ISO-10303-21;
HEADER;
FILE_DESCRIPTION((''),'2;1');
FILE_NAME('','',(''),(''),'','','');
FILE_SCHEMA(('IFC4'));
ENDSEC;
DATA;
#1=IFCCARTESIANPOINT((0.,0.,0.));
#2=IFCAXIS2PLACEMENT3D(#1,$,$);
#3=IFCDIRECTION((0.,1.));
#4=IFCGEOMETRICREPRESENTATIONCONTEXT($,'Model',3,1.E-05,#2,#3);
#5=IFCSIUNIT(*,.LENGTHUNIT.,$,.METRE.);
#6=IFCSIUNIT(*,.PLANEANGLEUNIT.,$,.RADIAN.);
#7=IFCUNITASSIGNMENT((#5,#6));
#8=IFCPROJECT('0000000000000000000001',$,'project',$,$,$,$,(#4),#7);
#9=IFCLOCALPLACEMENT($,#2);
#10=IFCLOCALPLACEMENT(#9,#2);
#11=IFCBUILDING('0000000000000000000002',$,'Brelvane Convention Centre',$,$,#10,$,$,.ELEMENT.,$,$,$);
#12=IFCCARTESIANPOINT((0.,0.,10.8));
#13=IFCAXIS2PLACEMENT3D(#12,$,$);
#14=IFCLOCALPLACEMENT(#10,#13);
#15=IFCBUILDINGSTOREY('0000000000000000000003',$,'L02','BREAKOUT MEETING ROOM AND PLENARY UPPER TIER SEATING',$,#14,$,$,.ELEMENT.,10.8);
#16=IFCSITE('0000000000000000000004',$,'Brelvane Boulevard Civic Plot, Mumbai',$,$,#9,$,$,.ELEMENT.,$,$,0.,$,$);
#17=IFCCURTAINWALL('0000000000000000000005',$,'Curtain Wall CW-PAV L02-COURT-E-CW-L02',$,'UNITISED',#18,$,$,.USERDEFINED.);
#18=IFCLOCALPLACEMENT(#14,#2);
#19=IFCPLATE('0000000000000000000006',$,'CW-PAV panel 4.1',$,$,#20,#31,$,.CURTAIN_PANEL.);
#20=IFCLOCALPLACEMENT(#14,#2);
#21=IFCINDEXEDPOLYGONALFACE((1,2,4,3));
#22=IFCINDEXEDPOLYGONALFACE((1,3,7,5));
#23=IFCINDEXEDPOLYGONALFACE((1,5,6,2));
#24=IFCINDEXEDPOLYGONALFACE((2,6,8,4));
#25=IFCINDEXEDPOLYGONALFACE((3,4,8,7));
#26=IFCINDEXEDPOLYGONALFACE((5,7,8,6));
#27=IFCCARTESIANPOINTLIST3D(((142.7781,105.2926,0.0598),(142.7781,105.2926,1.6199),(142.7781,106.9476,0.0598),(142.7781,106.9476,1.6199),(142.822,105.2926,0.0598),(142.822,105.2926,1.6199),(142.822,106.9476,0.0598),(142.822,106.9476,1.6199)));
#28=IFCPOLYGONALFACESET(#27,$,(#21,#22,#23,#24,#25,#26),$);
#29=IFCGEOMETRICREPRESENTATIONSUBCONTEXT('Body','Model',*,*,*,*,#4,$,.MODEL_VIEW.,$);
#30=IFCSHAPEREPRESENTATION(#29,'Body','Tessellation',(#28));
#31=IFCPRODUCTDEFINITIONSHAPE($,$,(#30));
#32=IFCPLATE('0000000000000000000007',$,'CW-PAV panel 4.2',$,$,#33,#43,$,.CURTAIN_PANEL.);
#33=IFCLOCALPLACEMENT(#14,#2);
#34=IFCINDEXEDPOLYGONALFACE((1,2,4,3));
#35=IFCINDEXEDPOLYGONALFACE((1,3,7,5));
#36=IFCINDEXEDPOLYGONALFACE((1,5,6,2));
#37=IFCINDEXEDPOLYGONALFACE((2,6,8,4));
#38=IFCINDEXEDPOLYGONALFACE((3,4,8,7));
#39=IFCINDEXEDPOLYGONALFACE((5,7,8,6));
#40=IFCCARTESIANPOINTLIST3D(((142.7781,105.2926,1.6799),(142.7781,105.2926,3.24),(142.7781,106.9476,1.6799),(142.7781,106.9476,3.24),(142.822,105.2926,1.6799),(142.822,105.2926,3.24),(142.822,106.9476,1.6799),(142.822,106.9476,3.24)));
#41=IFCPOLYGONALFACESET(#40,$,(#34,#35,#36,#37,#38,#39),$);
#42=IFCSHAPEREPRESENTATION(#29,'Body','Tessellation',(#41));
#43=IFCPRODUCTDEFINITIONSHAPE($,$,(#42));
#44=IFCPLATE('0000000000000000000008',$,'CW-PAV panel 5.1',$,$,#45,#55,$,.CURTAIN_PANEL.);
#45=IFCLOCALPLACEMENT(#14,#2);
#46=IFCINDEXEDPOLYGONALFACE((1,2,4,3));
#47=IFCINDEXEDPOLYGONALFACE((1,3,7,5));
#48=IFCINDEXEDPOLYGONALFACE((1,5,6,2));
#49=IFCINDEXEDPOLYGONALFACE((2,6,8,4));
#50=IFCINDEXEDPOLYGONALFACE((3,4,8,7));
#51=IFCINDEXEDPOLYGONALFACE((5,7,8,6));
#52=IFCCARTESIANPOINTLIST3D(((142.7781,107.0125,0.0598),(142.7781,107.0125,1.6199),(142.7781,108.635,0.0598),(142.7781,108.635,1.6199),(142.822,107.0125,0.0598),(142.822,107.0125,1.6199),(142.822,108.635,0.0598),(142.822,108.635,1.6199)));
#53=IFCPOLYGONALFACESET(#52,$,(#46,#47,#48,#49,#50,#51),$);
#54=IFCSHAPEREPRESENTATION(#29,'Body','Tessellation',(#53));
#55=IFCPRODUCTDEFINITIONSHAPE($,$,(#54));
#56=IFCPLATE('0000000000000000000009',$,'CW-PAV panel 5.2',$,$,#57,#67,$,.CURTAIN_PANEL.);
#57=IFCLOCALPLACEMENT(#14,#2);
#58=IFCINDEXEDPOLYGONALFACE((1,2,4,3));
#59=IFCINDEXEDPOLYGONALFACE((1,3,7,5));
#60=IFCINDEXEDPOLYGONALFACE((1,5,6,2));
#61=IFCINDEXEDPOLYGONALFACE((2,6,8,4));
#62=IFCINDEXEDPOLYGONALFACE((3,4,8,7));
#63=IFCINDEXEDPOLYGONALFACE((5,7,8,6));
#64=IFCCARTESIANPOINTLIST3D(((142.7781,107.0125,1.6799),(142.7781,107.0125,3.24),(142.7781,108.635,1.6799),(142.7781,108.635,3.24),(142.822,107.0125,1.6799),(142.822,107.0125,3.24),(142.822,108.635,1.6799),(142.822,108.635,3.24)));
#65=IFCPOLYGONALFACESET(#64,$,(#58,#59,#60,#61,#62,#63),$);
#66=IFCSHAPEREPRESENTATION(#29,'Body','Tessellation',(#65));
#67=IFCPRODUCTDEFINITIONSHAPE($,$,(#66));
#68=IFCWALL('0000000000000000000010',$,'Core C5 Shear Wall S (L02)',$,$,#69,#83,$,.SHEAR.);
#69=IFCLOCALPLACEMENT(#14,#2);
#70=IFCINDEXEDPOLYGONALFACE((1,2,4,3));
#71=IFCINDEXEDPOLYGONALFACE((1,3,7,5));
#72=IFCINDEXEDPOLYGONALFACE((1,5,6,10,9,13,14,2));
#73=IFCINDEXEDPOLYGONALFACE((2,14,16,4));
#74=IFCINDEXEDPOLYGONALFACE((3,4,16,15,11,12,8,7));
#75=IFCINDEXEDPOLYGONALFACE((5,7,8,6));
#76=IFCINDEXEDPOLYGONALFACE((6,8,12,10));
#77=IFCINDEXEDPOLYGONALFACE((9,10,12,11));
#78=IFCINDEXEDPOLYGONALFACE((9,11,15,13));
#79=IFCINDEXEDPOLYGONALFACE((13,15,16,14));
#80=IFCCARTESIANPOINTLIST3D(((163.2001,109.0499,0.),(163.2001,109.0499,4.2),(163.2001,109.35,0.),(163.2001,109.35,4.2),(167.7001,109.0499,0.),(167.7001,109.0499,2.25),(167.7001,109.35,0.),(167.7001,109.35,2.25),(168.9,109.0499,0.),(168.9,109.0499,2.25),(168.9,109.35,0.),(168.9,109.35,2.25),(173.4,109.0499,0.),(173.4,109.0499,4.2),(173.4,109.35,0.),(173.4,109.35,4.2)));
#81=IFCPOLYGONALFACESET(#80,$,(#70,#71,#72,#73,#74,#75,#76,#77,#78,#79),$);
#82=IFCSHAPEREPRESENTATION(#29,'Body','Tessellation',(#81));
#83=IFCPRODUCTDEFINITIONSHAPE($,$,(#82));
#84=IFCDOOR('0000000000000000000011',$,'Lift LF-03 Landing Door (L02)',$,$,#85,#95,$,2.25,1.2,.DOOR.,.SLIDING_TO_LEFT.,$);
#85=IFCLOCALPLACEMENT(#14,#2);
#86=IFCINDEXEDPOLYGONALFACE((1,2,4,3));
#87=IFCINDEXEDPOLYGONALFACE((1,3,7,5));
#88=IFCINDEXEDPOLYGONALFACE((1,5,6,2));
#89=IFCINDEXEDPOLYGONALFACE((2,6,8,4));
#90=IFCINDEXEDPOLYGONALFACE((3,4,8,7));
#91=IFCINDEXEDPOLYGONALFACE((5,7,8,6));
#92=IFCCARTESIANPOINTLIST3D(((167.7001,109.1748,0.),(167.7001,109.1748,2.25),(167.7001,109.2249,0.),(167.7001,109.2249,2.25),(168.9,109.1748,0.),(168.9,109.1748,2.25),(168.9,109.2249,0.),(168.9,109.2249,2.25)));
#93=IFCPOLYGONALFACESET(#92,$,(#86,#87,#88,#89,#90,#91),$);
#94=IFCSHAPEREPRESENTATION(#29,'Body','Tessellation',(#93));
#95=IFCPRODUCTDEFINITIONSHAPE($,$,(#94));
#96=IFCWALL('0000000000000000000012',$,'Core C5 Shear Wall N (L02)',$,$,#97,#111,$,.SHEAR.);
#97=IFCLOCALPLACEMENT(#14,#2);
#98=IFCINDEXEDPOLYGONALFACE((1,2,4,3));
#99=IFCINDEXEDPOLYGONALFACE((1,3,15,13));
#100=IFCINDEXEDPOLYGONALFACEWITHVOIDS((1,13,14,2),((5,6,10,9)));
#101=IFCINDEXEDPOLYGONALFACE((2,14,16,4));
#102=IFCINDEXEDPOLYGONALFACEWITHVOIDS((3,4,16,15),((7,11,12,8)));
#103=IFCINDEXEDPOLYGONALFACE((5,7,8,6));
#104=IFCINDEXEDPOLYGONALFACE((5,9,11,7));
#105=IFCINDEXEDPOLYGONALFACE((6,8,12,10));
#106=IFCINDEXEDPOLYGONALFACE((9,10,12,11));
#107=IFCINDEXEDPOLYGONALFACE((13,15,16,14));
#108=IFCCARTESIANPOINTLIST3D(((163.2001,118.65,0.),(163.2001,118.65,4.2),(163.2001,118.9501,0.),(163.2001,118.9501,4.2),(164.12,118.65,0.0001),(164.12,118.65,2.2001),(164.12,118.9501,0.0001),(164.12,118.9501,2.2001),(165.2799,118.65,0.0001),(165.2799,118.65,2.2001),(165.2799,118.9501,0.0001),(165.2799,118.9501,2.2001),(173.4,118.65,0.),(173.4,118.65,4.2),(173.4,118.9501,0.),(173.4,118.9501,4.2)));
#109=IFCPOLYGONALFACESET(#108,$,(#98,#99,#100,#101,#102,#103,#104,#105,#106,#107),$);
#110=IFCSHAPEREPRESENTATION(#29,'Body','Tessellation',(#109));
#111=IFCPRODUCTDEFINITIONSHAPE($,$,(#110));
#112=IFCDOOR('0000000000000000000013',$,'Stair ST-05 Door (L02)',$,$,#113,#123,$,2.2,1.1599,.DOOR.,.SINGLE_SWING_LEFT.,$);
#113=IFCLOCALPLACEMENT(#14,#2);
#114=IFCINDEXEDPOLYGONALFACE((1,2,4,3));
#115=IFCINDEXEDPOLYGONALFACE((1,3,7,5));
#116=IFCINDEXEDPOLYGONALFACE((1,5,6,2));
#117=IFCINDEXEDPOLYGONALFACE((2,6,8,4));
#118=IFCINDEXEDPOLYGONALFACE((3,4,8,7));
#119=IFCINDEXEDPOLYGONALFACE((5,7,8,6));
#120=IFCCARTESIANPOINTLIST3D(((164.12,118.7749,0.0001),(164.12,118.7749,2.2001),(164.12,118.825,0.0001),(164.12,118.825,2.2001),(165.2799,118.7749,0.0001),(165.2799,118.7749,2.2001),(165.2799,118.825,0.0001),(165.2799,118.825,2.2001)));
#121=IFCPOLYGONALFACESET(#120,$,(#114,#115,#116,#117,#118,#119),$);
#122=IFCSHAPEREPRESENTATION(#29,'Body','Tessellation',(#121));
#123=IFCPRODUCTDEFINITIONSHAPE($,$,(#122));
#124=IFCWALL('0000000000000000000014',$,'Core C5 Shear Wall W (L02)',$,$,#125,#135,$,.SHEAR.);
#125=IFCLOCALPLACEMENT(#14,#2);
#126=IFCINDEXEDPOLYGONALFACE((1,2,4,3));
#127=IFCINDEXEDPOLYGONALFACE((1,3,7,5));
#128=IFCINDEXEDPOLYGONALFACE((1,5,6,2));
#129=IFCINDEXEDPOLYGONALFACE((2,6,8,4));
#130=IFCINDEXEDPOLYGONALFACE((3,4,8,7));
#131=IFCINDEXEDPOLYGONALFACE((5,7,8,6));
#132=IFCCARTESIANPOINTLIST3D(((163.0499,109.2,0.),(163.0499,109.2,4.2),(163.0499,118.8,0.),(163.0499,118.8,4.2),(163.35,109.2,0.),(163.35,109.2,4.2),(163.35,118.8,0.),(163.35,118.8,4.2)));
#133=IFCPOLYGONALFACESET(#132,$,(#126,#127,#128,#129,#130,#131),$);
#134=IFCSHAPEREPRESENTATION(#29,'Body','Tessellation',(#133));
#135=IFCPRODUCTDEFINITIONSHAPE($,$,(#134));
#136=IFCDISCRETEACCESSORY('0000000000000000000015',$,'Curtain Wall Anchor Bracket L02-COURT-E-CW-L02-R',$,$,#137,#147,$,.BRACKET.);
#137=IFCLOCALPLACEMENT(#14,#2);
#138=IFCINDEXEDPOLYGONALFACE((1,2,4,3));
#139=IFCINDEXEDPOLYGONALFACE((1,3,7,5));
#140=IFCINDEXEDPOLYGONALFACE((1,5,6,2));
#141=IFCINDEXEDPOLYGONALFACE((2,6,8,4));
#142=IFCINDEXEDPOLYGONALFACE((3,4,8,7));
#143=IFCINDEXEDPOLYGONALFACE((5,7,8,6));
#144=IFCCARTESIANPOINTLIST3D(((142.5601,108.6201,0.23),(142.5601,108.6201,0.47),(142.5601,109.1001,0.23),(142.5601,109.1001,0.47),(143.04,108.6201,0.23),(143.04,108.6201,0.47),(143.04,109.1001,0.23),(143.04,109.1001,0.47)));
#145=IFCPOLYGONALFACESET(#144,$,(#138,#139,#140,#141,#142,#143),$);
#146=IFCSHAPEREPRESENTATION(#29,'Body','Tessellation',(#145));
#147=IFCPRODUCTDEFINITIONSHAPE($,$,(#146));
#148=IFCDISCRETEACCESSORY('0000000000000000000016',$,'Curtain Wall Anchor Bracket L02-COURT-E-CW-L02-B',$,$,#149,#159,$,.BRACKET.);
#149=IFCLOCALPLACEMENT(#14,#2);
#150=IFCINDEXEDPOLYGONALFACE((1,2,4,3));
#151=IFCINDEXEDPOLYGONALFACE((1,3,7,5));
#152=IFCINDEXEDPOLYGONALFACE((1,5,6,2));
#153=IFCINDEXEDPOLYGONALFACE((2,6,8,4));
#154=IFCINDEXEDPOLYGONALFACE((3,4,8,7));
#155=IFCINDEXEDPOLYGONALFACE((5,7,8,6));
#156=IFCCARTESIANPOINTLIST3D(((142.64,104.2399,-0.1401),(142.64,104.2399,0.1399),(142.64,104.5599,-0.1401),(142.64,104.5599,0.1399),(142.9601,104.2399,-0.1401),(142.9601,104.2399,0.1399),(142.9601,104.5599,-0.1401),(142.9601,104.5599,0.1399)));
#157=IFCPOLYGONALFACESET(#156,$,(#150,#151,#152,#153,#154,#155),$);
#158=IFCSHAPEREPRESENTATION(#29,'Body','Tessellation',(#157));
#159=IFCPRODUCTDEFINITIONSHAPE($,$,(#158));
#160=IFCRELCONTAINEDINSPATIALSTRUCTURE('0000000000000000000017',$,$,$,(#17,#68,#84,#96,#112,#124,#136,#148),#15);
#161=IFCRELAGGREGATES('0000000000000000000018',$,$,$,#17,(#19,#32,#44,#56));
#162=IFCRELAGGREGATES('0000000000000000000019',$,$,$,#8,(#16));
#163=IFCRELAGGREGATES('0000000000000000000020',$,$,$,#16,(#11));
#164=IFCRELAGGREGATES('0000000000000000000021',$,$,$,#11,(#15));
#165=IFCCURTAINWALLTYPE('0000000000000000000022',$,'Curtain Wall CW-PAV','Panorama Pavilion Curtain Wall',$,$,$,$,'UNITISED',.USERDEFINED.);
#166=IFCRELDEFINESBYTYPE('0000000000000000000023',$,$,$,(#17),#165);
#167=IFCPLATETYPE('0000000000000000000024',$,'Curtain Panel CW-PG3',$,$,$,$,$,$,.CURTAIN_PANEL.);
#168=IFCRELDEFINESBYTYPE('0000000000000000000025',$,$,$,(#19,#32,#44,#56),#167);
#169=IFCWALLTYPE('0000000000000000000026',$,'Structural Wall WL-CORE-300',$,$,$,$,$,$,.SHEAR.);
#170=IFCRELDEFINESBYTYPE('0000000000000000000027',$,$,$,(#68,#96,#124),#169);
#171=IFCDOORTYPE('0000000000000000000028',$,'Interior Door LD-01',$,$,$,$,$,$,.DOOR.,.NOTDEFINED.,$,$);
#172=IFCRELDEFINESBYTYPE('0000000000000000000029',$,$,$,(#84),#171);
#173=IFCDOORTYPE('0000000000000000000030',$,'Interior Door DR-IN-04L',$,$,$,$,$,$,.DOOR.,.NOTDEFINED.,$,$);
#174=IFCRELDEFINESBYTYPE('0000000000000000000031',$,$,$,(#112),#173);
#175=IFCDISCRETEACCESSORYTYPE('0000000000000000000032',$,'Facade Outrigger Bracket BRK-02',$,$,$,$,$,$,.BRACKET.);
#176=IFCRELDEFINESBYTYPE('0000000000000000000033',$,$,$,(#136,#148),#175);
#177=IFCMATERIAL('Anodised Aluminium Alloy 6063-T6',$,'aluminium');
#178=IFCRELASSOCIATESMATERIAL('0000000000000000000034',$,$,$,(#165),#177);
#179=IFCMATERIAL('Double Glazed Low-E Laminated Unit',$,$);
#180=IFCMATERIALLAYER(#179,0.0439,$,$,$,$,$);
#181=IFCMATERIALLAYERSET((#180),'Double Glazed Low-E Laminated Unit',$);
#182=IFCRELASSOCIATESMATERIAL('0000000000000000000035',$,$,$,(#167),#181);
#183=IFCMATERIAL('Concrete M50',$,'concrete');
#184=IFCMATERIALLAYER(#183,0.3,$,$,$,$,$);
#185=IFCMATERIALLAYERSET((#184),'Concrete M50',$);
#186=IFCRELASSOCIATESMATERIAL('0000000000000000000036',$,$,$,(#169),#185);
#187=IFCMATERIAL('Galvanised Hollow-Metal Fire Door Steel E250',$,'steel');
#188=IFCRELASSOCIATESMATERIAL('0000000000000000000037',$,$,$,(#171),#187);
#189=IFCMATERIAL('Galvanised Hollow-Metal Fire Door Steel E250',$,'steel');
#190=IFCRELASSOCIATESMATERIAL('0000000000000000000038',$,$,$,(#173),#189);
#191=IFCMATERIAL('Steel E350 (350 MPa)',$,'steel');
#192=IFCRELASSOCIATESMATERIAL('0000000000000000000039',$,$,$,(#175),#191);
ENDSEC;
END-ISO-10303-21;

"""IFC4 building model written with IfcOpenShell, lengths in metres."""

from ifc_helpers import new_model, si_unit, direction, frame, frame_2d, origin, origin_2d, place, context, subcontext, project, spatial, rectangle, extrude, material, layer, layer_set, type_object, element, fill, aggregate, save


model = new_model("IFC4")

# Units and contexts
model_context = context("Model", 3, precision=1e-05, world=origin(), true_north=direction((0.0, 1.0)))
body_context = subcontext(model_context, "Body", "Model", "MODEL_VIEW")
ifc_project = project(units=[si_unit("LENGTHUNIT", "METRE"), si_unit("PLANEANGLEUNIT", "RADIAN")], contexts=[model_context])

# Site, building, storey
site_placement = place(None, origin())
site = spatial("IfcSite", under=ifc_project, at=site_placement, Name="Brelvane Boulevard Civic Plot, Mumbai", CompositionType="ELEMENT", RefElevation=0.0)
building_placement = place(site_placement, origin())
building = spatial("IfcBuilding", under=site, at=building_placement, Name="Brelvane Convention Centre", CompositionType="ELEMENT")
storey_placement = place(building_placement, frame((0.0, 0.0, 10.8)))
storey = spatial("IfcBuildingStorey", under=building, at=storey_placement, Name="L02", Description="BREAKOUT MEETING ROOM AND PLENARY UPPER TIER SEATING", CompositionType="ELEMENT", Elevation=10.8)

# Curtain wall
ifc_material_1 = material(Name="Anodised Aluminium Alloy 6063-T6", Category="aluminium")
curtain_wall_type = type_object("IfcCurtainWallType", Name="Curtain Wall CW-PAV", Description="Panorama Pavilion Curtain Wall", ElementType="UNITISED", PredefinedType="USERDEFINED", material=ifc_material_1)
curtain_wall_placement = place(storey_placement, origin())
curtain_wall = element("IfcCurtainWall", 1, at=curtain_wall_placement, inside=storey, type_object=curtain_wall_type, Name="Curtain Wall CW-PAV L02-COURT-E-CW-L02", ObjectType="UNITISED", PredefinedType="USERDEFINED")

# Plates
ifc_material_2 = material(Name="Double Glazed Low-E Laminated Unit")
ifc_layer_1 = layer(ifc_material_2, 0.0439)
ifc_layer_set_1 = layer_set([ifc_layer_1], Name="Double Glazed Low-E Laminated Unit")
plate_type = type_object("IfcPlateType", Name="Curtain Panel CW-PG3", PredefinedType="CURTAIN_PANEL", material=ifc_layer_set_1)
plate_1_placement = place(storey_placement, frame((142.8, 106.1201, 0.0598), z_axis=(0.0, 0.0, 1.0), x_axis=(0.0, 1.0, 0.0)))
plate_1 = element("IfcPlate", 2, at=plate_1_placement, type_object=plate_type, Name="CW-PAV panel 4.1", PredefinedType="CURTAIN_PANEL", context=body_context, shape_type="SweptSolid", body=[
    extrude(rectangle(XDim=1.655, YDim=0.0439, at=origin_2d()), origin(), (0.0, 0.0, 1.0), 1.5601),
])
plate_2_placement = place(storey_placement, frame((142.8, 106.1201, 1.6799), z_axis=(0.0, 0.0, 1.0), x_axis=(0.0, 1.0, 0.0)))
plate_2 = element("IfcPlate", 3, at=plate_2_placement, type_object=plate_type, Name="CW-PAV panel 4.2", PredefinedType="CURTAIN_PANEL", context=body_context, shape_type="SweptSolid", body=[
    extrude(rectangle(XDim=1.655, YDim=0.0439, at=origin_2d()), origin(), (0.0, 0.0, 1.0), 1.5601),
])
plate_3_placement = place(storey_placement, frame((142.8, 107.8237, 0.0598), z_axis=(0.0, 0.0, 1.0), x_axis=(0.0, 1.0, 0.0)))
plate_3 = element("IfcPlate", 4, at=plate_3_placement, type_object=plate_type, Name="CW-PAV panel 5.1", PredefinedType="CURTAIN_PANEL", context=body_context, shape_type="SweptSolid", body=[
    extrude(rectangle(XDim=1.6226, YDim=0.0439, at=origin_2d()), origin(), (0.0, 0.0, 1.0), 1.5601),
])
plate_4_placement = place(storey_placement, frame((142.8, 107.8237, 1.6799), z_axis=(0.0, 0.0, 1.0), x_axis=(0.0, 1.0, 0.0)))
plate_4 = element("IfcPlate", 5, at=plate_4_placement, type_object=plate_type, Name="CW-PAV panel 5.2", PredefinedType="CURTAIN_PANEL", context=body_context, shape_type="SweptSolid", body=[
    extrude(rectangle(XDim=1.6226, YDim=0.0439, at=origin_2d()), origin(), (0.0, 0.0, 1.0), 1.5601),
])
aggregate(curtain_wall, [plate_1, plate_2, plate_3, plate_4])

# Walls, openings, doors
ifc_material_3 = material(Name="Concrete M50", Category="concrete")
ifc_layer_2 = layer(ifc_material_3, 0.3)
ifc_layer_set_2 = layer_set([ifc_layer_2], Name="Concrete M50")
wall_type = type_object("IfcWallType", Name="Structural Wall WL-CORE-300", PredefinedType="SHEAR", material=ifc_layer_set_2)
wall_1_placement = place(storey_placement, frame((163.2, 109.2, 0.0), z_axis=(0.0, 0.0, 1.0), x_axis=(1.0, 0.0, 0.0)))
wall_1 = element("IfcWall", 6, at=wall_1_placement, inside=storey, type_object=wall_type, Name="Core C5 Shear Wall S (L02)", PredefinedType="SHEAR", context=body_context, shape_type="SweptSolid", body=[
    extrude(rectangle(XDim=10.2, YDim=0.3, at=frame_2d((5.1001, 0.0))), origin(), (0.0, 0.0, 1.0), 4.2),
])
opening_1_placement = place(wall_1_placement, frame((4.5, 0.0, 0.0)))
opening_1 = element("IfcOpeningElement", 7, at=opening_1_placement, cuts=wall_1, PredefinedType="OPENING", context=body_context, shape_type="SweptSolid", body=[
    extrude(rectangle(XDim=1.2, YDim=2.25, at=frame_2d((0.6001, 1.125))), frame((0.0, 0.1599, 0.0), z_axis=(0.0, -1.0, 0.0), x_axis=(1.0, 0.0, 0.0)), (0.0, 0.0, 1.0), 0.3201),
])
ifc_material_4 = material(Name="Galvanised Hollow-Metal Fire Door Steel E250", Category="steel")
door_type_1 = type_object("IfcDoorType", Name="Interior Door LD-01", OperationType="NOTDEFINED", PredefinedType="DOOR", material=ifc_material_4)
door_1_placement = place(opening_1_placement, origin())
door_1 = element("IfcDoor", 8, at=door_1_placement, inside=storey, type_object=door_type_1, Name="Lift LF-03 Landing Door (L02)", OperationType="SLIDING_TO_LEFT", OverallHeight=2.25, OverallWidth=1.2, PredefinedType="DOOR", context=body_context, shape_type="SweptSolid", body=[
    extrude(rectangle(XDim=1.2, YDim=2.25, at=frame_2d((0.6001, 1.125))), frame((0.0, 0.0249, 0.0), z_axis=(0.0, -1.0, 0.0), x_axis=(1.0, 0.0, 0.0)), (0.0, 0.0, 1.0), 0.05),
])
fill(opening_1, door_1)
wall_2_placement = place(storey_placement, frame((163.2, 118.8, 0.0), z_axis=(0.0, 0.0, 1.0), x_axis=(1.0, 0.0, 0.0)))
wall_2 = element("IfcWall", 9, at=wall_2_placement, inside=storey, type_object=wall_type, Name="Core C5 Shear Wall N (L02)", PredefinedType="SHEAR", context=body_context, shape_type="SweptSolid", body=[
    extrude(rectangle(XDim=10.2, YDim=0.3, at=frame_2d((5.1001, 0.0))), origin(), (0.0, 0.0, 1.0), 4.2),
])
opening_2_placement = place(wall_2_placement, frame((0.9199, 0.0, 0.0)))
opening_2 = element("IfcOpeningElement", 10, at=opening_2_placement, cuts=wall_2, PredefinedType="OPENING", context=body_context, shape_type="SweptSolid", body=[
    extrude(rectangle(XDim=1.1599, YDim=2.2, at=frame_2d((0.5801, 1.1001))), frame((0.0, 0.1599, 0.0), z_axis=(0.0, -1.0, 0.0), x_axis=(1.0, 0.0, 0.0)), (0.0, 0.0, 1.0), 0.3201),
])
ifc_material_5 = material(Name="Galvanised Hollow-Metal Fire Door Steel E250", Category="steel")
door_type_2 = type_object("IfcDoorType", Name="Interior Door DR-IN-04L", OperationType="NOTDEFINED", PredefinedType="DOOR", material=ifc_material_5)
door_2_placement = place(opening_2_placement, origin())
door_2 = element("IfcDoor", 11, at=door_2_placement, inside=storey, type_object=door_type_2, Name="Stair ST-05 Door (L02)", OperationType="SINGLE_SWING_LEFT", OverallHeight=2.2, OverallWidth=1.1599, PredefinedType="DOOR", context=body_context, shape_type="SweptSolid", body=[
    extrude(rectangle(XDim=1.1599, YDim=2.2, at=frame_2d((0.5801, 1.1001))), frame((0.0, 0.0249, 0.0), z_axis=(0.0, -1.0, 0.0), x_axis=(1.0, 0.0, 0.0)), (0.0, 0.0, 1.0), 0.05),
])
fill(opening_2, door_2)

# Wall
wall_3_placement = place(storey_placement, frame((163.2, 109.2, 0.0), z_axis=(0.0, 0.0, 1.0), x_axis=(0.0, 1.0, 0.0)))
element("IfcWall", 12, at=wall_3_placement, inside=storey, type_object=wall_type, Name="Core C5 Shear Wall W (L02)", PredefinedType="SHEAR", context=body_context, shape_type="SweptSolid", body=[
    extrude(rectangle(XDim=9.6001, YDim=0.3, at=frame_2d((4.8, 0.0))), origin(), (0.0, 0.0, 1.0), 4.2),
])

# Discrete accessories
ifc_material_6 = material(Name="Steel E350 (350 MPa)", Category="steel")
discrete_accessory_type = type_object("IfcDiscreteAccessoryType", Name="Facade Outrigger Bracket BRK-02", PredefinedType="BRACKET", material=ifc_material_6)
discrete_accessory_1_placement = place(storey_placement, frame((142.8, 108.8601, 0.23), z_axis=(0.0, 0.0, 1.0), x_axis=(1.0, 0.0, 0.0)))
element("IfcDiscreteAccessory", 13, at=discrete_accessory_1_placement, inside=storey, type_object=discrete_accessory_type, Name="Curtain Wall Anchor Bracket L02-COURT-E-CW-L02-R", PredefinedType="BRACKET", context=body_context, shape_type="SweptSolid", body=[
    extrude(rectangle(XDim=0.48, YDim=0.48, at=origin_2d()), origin(), (0.0, 0.0, 1.0), 0.24),
])
discrete_accessory_2_placement = place(storey_placement, frame((142.8, 104.3999, -0.1401), z_axis=(0.0, 0.0, 1.0), x_axis=(1.0, 0.0, 0.0)))
element("IfcDiscreteAccessory", 14, at=discrete_accessory_2_placement, inside=storey, type_object=discrete_accessory_type, Name="Curtain Wall Anchor Bracket L02-COURT-E-CW-L02-B", PredefinedType="BRACKET", context=body_context, shape_type="SweptSolid", body=[
    extrude(rectangle(XDim=0.3201, YDim=0.3201, at=origin_2d()), origin(), (0.0, 0.0, 1.0), 0.28),
])

save(model, "model.ifc")
